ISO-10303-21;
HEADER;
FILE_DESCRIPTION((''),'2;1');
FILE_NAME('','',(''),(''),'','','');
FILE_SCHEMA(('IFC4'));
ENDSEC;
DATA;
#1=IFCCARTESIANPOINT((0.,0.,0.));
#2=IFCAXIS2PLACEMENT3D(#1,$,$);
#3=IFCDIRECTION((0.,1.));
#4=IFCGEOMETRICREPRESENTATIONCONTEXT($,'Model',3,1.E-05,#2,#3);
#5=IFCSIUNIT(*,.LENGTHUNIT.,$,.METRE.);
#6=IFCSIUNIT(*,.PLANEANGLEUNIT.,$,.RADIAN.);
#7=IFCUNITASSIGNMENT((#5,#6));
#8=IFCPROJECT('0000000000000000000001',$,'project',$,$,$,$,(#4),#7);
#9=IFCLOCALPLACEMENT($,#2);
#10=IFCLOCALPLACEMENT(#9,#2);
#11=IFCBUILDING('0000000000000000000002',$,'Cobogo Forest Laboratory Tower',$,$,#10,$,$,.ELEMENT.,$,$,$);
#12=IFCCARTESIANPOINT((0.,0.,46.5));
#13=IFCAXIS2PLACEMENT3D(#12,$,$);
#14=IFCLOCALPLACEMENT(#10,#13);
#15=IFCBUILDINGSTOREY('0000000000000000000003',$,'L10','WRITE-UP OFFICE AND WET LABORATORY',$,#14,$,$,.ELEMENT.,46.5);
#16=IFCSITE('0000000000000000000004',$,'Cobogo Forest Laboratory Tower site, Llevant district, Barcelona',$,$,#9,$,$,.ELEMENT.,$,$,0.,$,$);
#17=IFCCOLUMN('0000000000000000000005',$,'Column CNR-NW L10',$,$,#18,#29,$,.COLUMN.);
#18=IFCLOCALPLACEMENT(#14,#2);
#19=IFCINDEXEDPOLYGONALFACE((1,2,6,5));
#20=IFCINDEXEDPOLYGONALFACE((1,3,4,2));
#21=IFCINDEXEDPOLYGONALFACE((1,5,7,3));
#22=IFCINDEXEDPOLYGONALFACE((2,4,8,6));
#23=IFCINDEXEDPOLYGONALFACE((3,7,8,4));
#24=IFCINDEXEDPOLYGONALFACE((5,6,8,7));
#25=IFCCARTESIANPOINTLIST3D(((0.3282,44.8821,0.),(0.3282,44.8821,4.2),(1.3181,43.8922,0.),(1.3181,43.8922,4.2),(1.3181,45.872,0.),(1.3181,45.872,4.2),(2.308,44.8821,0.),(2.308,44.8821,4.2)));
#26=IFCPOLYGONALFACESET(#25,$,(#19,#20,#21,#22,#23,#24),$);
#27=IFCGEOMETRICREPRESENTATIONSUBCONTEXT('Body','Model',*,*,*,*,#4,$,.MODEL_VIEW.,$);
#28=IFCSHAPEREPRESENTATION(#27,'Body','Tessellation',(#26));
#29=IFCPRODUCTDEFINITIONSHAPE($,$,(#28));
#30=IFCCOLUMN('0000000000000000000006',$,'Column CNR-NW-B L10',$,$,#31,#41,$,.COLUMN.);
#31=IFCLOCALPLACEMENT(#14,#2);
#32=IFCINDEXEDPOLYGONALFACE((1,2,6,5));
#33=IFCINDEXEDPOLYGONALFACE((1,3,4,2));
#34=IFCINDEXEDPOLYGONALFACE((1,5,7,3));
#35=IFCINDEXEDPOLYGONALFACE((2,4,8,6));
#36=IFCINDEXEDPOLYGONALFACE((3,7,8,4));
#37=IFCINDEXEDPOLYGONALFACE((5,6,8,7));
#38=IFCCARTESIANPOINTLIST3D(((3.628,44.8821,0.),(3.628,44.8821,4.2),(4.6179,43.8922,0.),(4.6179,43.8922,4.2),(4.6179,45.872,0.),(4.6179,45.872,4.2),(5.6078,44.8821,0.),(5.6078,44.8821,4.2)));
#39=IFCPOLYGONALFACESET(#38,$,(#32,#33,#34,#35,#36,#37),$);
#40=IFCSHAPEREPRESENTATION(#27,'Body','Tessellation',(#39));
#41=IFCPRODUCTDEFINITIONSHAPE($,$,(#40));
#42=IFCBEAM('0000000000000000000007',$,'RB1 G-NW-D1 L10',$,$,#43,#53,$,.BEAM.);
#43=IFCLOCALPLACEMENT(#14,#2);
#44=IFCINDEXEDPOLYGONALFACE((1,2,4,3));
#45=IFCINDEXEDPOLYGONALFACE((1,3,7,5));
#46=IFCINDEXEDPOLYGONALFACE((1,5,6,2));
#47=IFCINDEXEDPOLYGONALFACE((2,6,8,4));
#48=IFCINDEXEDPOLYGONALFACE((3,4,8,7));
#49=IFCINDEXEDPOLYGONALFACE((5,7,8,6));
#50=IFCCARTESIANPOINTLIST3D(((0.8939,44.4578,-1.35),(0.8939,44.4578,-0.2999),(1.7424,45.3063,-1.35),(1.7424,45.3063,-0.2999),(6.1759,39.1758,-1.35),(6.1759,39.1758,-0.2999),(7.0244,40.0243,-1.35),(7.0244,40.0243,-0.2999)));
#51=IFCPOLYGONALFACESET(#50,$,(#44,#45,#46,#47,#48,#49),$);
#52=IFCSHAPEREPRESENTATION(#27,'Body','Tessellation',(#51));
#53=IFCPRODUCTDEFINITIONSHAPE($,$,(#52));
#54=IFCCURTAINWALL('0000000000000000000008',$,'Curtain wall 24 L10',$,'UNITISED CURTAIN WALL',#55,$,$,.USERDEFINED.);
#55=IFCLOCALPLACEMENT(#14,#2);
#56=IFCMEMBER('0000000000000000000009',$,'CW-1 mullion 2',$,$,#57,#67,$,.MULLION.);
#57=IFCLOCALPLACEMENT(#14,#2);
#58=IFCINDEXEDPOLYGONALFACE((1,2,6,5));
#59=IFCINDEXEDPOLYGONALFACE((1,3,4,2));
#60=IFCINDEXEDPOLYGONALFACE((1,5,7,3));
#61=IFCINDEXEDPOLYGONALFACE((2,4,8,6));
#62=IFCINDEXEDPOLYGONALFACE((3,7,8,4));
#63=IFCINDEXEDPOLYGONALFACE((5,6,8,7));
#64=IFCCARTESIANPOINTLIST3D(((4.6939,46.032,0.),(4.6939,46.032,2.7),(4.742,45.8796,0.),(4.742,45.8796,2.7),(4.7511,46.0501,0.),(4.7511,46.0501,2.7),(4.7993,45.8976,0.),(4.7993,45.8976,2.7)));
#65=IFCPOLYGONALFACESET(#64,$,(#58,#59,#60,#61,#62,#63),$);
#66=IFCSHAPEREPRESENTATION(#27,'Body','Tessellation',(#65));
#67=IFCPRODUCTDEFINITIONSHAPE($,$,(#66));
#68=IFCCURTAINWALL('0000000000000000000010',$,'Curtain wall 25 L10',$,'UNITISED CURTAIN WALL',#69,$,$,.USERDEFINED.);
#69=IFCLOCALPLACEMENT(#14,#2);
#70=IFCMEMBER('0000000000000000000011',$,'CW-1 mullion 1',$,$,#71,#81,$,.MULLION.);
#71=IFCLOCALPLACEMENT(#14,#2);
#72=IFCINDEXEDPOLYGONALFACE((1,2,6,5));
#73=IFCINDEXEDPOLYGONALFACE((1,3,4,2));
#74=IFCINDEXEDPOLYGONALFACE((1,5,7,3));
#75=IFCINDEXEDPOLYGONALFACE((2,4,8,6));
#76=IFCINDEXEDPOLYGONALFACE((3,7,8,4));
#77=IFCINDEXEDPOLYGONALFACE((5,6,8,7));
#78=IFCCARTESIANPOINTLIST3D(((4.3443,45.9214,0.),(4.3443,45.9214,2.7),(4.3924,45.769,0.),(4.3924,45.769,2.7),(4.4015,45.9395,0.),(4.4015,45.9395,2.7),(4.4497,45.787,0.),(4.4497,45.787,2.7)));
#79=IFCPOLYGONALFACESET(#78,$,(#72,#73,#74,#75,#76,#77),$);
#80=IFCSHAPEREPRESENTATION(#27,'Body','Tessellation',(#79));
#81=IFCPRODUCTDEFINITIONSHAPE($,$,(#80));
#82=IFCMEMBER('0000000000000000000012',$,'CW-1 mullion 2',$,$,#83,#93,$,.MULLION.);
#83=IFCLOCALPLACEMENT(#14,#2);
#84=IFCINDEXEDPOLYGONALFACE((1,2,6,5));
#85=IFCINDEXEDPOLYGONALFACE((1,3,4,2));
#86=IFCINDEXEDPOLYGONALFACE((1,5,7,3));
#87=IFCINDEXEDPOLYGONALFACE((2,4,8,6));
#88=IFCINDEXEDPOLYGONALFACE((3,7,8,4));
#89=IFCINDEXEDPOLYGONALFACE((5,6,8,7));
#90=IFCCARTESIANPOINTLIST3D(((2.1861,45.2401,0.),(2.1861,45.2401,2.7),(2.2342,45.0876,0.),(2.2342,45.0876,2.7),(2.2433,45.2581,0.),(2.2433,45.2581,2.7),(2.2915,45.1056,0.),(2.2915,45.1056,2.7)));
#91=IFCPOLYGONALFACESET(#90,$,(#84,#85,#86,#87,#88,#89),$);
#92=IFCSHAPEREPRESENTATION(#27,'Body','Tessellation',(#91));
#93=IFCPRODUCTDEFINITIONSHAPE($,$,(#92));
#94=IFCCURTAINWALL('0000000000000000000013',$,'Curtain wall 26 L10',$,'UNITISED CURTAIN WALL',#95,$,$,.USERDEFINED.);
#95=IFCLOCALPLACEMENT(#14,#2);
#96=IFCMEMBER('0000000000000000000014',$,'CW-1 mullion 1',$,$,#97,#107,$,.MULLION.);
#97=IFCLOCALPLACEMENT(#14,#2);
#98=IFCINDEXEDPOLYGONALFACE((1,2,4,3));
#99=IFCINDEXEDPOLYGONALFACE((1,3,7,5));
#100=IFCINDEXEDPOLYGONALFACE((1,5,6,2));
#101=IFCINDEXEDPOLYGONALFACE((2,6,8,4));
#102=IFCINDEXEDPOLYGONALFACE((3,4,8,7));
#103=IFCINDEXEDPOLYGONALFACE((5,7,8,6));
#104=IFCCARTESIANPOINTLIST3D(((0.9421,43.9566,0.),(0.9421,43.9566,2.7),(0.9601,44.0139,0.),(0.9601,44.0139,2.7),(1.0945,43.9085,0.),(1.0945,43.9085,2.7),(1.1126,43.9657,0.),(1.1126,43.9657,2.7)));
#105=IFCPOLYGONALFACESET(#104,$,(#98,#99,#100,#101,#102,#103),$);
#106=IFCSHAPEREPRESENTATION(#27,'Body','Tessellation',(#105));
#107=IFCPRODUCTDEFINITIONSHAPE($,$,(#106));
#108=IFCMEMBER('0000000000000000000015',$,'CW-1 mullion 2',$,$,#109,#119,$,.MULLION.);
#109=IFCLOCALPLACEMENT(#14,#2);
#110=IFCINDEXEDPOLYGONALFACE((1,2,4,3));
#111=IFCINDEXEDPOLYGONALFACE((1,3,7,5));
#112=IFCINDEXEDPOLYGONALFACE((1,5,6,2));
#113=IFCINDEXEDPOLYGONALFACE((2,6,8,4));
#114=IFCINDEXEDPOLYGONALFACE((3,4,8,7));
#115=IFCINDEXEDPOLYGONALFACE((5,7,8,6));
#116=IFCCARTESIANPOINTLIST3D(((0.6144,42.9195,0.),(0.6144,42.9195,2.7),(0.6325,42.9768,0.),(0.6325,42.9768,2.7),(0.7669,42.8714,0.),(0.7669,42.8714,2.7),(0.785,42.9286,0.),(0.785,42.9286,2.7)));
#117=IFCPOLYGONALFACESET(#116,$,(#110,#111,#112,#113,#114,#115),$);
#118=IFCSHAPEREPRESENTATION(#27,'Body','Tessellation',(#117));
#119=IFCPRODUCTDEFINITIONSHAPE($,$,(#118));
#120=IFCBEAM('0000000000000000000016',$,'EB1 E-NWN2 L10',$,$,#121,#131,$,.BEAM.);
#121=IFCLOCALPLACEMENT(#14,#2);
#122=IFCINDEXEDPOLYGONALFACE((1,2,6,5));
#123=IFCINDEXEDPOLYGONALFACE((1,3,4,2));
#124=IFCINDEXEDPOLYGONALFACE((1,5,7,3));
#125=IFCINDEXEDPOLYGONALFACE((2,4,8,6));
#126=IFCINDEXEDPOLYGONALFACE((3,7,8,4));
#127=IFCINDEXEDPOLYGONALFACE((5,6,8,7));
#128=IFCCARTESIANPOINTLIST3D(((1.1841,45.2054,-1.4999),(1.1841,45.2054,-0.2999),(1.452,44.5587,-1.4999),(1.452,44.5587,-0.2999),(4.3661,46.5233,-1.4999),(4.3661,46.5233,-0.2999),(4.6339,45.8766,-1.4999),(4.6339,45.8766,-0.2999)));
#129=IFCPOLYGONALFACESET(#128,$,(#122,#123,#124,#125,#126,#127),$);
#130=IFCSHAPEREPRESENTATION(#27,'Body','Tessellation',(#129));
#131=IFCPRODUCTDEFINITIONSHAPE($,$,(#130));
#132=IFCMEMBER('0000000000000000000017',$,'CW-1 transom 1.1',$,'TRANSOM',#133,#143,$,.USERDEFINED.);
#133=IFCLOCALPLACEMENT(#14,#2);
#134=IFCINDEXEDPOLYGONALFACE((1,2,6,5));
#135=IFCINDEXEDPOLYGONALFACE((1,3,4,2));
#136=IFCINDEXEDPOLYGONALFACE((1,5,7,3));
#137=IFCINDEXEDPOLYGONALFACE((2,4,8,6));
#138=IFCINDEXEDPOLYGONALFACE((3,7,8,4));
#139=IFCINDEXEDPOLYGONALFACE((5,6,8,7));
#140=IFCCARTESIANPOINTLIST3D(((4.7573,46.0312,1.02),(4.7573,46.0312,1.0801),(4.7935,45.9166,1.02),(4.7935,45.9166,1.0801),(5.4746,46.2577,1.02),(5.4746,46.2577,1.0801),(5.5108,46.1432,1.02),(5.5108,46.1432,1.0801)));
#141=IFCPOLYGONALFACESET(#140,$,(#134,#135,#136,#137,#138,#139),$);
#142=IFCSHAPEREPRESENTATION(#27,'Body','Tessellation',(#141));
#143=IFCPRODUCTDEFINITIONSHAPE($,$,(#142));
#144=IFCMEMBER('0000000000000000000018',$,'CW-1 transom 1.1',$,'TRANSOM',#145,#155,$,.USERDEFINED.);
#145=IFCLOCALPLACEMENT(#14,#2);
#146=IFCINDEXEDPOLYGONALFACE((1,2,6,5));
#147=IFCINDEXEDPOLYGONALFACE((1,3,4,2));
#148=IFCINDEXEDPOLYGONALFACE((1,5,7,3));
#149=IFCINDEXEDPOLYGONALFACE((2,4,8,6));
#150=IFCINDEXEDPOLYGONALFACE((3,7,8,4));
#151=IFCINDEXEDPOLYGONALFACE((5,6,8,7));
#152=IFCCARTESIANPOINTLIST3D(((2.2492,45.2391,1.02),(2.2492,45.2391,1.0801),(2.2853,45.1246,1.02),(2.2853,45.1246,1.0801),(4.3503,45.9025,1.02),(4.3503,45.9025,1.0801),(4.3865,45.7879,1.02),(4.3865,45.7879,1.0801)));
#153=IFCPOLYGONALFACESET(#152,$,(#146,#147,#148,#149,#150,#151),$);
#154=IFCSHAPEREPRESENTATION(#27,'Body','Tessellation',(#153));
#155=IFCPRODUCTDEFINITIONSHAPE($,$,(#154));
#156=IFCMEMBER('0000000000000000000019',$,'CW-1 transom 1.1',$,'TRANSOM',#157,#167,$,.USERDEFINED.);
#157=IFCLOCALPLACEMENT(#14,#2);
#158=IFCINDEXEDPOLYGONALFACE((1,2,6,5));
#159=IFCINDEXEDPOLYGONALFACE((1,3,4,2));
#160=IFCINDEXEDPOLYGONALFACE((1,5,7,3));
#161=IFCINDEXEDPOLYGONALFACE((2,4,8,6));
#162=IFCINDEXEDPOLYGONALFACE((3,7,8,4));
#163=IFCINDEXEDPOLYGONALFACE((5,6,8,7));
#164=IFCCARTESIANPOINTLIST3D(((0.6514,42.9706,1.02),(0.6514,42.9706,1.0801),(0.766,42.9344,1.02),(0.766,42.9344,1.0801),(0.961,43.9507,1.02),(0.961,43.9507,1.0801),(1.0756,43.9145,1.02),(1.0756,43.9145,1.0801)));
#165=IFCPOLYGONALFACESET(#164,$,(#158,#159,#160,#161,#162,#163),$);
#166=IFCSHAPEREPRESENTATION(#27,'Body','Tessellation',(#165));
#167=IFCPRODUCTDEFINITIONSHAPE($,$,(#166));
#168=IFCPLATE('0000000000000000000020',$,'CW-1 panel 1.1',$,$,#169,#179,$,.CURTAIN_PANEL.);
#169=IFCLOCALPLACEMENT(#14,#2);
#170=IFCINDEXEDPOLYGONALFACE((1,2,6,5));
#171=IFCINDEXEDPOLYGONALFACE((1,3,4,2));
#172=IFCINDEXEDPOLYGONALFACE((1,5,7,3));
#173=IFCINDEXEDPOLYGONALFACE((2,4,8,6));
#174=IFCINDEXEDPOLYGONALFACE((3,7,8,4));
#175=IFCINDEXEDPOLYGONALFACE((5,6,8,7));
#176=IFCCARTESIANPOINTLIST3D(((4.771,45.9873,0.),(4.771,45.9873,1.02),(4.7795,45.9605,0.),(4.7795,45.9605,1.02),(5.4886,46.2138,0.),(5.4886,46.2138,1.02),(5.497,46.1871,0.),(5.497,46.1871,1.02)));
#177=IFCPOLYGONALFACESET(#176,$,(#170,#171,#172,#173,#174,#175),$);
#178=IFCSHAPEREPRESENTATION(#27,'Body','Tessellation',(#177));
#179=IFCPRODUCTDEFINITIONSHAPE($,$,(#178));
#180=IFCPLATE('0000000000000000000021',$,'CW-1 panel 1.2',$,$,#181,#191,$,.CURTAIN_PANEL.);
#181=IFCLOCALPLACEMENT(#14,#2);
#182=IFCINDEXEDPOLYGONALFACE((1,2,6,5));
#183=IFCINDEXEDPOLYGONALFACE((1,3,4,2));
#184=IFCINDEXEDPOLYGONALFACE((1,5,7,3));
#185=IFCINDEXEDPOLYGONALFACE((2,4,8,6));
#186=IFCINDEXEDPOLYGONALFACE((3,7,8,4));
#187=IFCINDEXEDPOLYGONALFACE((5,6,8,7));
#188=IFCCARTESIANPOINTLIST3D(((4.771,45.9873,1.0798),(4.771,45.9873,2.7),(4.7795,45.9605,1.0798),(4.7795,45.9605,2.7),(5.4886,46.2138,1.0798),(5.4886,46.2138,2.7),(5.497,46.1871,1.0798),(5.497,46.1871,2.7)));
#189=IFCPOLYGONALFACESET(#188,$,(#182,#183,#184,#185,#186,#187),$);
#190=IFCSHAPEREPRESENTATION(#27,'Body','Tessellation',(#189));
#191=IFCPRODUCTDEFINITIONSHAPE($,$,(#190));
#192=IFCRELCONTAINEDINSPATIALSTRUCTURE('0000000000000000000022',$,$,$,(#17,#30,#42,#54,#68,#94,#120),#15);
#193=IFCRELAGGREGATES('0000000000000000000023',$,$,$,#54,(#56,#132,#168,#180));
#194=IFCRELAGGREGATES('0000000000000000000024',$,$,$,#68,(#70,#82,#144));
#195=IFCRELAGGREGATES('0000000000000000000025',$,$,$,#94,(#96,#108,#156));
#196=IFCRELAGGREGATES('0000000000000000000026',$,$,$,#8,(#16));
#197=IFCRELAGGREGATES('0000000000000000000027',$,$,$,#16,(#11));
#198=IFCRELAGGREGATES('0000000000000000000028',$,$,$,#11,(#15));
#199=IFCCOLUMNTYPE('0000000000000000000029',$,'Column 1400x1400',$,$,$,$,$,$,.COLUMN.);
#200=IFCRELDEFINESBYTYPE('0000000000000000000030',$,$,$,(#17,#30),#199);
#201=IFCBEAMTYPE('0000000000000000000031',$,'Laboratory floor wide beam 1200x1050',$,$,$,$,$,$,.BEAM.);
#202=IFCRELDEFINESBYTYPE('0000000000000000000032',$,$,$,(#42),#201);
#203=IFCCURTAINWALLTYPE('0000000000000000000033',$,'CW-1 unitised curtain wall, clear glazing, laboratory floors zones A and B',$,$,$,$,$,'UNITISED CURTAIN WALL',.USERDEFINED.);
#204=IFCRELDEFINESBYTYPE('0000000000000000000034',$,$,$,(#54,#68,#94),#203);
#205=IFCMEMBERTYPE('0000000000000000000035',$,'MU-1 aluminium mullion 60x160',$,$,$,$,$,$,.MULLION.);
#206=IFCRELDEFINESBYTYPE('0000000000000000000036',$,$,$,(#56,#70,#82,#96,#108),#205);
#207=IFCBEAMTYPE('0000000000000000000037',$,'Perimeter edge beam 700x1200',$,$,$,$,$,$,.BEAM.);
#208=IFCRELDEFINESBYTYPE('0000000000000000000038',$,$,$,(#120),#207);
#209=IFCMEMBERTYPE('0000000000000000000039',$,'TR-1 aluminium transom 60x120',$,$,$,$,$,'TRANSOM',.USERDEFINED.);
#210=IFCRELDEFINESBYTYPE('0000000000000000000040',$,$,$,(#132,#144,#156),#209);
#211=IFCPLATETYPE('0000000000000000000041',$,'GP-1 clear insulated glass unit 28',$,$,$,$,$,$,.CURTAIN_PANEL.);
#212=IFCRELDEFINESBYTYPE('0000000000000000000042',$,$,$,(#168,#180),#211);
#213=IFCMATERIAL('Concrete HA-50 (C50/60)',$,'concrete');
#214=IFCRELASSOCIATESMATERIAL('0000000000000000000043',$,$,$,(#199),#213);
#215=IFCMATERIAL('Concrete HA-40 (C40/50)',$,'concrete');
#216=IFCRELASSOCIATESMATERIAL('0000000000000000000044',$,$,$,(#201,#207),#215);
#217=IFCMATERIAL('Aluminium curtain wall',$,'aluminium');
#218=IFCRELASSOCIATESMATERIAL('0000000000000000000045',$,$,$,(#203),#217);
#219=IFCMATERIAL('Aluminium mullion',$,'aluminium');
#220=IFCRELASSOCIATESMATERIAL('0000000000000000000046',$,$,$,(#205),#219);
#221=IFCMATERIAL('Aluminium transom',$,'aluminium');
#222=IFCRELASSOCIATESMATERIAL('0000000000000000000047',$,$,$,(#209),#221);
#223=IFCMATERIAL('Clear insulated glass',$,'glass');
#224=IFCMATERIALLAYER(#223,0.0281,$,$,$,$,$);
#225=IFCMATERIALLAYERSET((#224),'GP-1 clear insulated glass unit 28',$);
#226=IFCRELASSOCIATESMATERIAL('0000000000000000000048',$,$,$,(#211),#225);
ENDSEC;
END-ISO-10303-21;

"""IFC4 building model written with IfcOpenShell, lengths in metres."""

from ifc_helpers import new_model, si_unit, direction, frame, origin, origin_2d, place, context, subcontext, project, spatial, rectangle, extrude, material, layer, layer_set, material_profile, profile_set, type_object, element, aggregate, save


model = new_model("IFC4")

# Units and contexts
model_context = context("Model", 3, precision=1e-05, world=origin(), true_north=direction((0.0, 1.0)))
body_context = subcontext(model_context, "Body", "Model", "MODEL_VIEW")
ifc_project = project(units=[si_unit("LENGTHUNIT", "METRE"), si_unit("PLANEANGLEUNIT", "RADIAN")], contexts=[model_context])

# Site, building, storey
site_placement = place(None, origin())
site = spatial("IfcSite", under=ifc_project, at=site_placement, Name="Cobogo Forest Laboratory Tower site, Llevant district, Barcelona", CompositionType="ELEMENT", RefElevation=0.0)
building_placement = place(site_placement, origin())
building = spatial("IfcBuilding", under=site, at=building_placement, Name="Cobogo Forest Laboratory Tower", CompositionType="ELEMENT")
storey_placement = place(building_placement, frame((0.0, 0.0, 46.5)))
storey = spatial("IfcBuildingStorey", under=building, at=storey_placement, Name="L10", Description="WRITE-UP OFFICE AND WET LABORATORY", CompositionType="ELEMENT", Elevation=46.5)

# Columns
ifc_material_1 = material(Name="Concrete HA-50 (C50/60)", Category="concrete")
ifc_material_profile_1 = material_profile(ifc_material_1, rectangle(XDim=1.3999, YDim=1.3999, at=origin_2d()), Name="RC 1400x1400")
ifc_profile_set_1 = profile_set([ifc_material_profile_1], Name="Concrete HA-50 (C50/60)")
column_type = type_object("IfcColumnType", Name="Column 1400x1400", PredefinedType="COLUMN", material=ifc_profile_set_1)
for number, where, z_axis, x_axis, name in (
    (1, (1.3181, 44.8821, 0.0), (0.0, 0.0, 1.0), (0.707107, 0.707107, 0.0), "Column CNR-NW L10"),
    (2, (4.6179, 44.8821, 0.0), (0.0, 0.0, 1.0), (0.707107, 0.707107, 0.0), "Column CNR-NW-B L10"),
):
    element("IfcColumn", number, at=place(storey_placement, frame(where, z_axis=z_axis, x_axis=x_axis)), inside=storey, type_object=column_type, Name=name, PredefinedType="COLUMN", context=body_context, shape_type="SweptSolid", body=[
        extrude(rectangle(XDim=1.3999, YDim=1.3999, at=origin_2d()), origin(), (0.0, 0.0, 1.0), 4.2),
    ])

# Beam
ifc_material_2 = material(Name="Concrete HA-40 (C40/50)", Category="concrete")
ifc_material_profile_2 = material_profile(ifc_material_2, rectangle(XDim=1.2, YDim=1.05, at=origin_2d()), Name="RC 1200x1050")
ifc_profile_set_2 = profile_set([ifc_material_profile_2], Name="Concrete HA-40 (C40/50)")
beam_type_1 = type_object("IfcBeamType", Name="Laboratory floor wide beam 1200x1050", PredefinedType="BEAM", material=ifc_profile_set_2)
beam_1_placement = place(storey_placement, frame((1.3181, 44.8821, -0.825), z_axis=(0.707107, -0.707107, 0.0), x_axis=(0.707107, 0.707107, 0.0)))
element("IfcBeam", 3, at=beam_1_placement, inside=storey, type_object=beam_type_1, Name="RB1 G-NW-D1 L10", PredefinedType="BEAM", context=body_context, shape_type="SweptSolid", body=[
    extrude(rectangle(XDim=1.2, YDim=1.05, at=origin_2d()), origin(), (0.0, 0.0, 1.0), 7.47),
])

# Curtain wall, member
ifc_material_3 = material(Name="Aluminium curtain wall", Category="aluminium")
curtain_wall_type = type_object("IfcCurtainWallType", Name="CW-1 unitised curtain wall, clear glazing, laboratory floors zones A and B", ElementType="UNITISED CURTAIN WALL", PredefinedType="USERDEFINED", material=ifc_material_3)
curtain_wall_1_placement = place(storey_placement, origin())
curtain_wall_1 = element("IfcCurtainWall", 4, at=curtain_wall_1_placement, inside=storey, type_object=curtain_wall_type, Name="Curtain wall 24 L10", ObjectType="UNITISED CURTAIN WALL", PredefinedType="USERDEFINED")
ifc_material_4 = material(Name="Aluminium mullion", Category="aluminium")
ifc_material_profile_3 = material_profile(ifc_material_4, rectangle(XDim=0.0601, YDim=0.1599, at=origin_2d()), Name="AL 60x160")
ifc_profile_set_3 = profile_set([ifc_material_profile_3], Name="Aluminium mullion")
member_type_1 = type_object("IfcMemberType", Name="MU-1 aluminium mullion 60x160", PredefinedType="MULLION", material=ifc_profile_set_3)
member_1_placement = place(storey_placement, frame((4.7466, 45.9648, 0.0), z_axis=(0.0, 0.0, 1.0), x_axis=(-0.953582, -0.301135, 0.0)))
member_1 = element("IfcMember", 5, at=member_1_placement, type_object=member_type_1, Name="CW-1 mullion 2", PredefinedType="MULLION", context=body_context, shape_type="SweptSolid", body=[
    extrude(rectangle(XDim=0.0601, YDim=0.1599, at=origin_2d()), origin(), (0.0, 0.0, 1.0), 2.7),
])

# Curtain walls, members
curtain_wall_2_placement = place(storey_placement, origin())
curtain_wall_2 = element("IfcCurtainWall", 6, at=curtain_wall_2_placement, inside=storey, type_object=curtain_wall_type, Name="Curtain wall 25 L10", ObjectType="UNITISED CURTAIN WALL", PredefinedType="USERDEFINED")
member_2_placement = place(storey_placement, frame((4.397, 45.8542, 0.0), z_axis=(0.0, 0.0, 1.0), x_axis=(-0.953581, -0.301135, 0.0)))
member_2 = element("IfcMember", 7, at=member_2_placement, type_object=member_type_1, Name="CW-1 mullion 1", PredefinedType="MULLION", context=body_context, shape_type="SweptSolid", body=[
    extrude(rectangle(XDim=0.0601, YDim=0.1599, at=origin_2d()), origin(), (0.0, 0.0, 1.0), 2.7),
])
member_3_placement = place(storey_placement, frame((2.2388, 45.1729, 0.0), z_axis=(0.0, 0.0, 1.0), x_axis=(-0.953581, -0.301135, 0.0)))
member_3 = element("IfcMember", 8, at=member_3_placement, type_object=member_type_1, Name="CW-1 mullion 2", PredefinedType="MULLION", context=body_context, shape_type="SweptSolid", body=[
    extrude(rectangle(XDim=0.0601, YDim=0.1599, at=origin_2d()), origin(), (0.0, 0.0, 1.0), 2.7),
])
curtain_wall_3_placement = place(storey_placement, origin())
curtain_wall_3 = element("IfcCurtainWall", 9, at=curtain_wall_3_placement, inside=storey, type_object=curtain_wall_type, Name="Curtain wall 26 L10", ObjectType="UNITISED CURTAIN WALL", PredefinedType="USERDEFINED")
member_4_placement = place(storey_placement, frame((1.0273, 43.9612, 0.0), z_axis=(0.0, 0.0, 1.0), x_axis=(-0.301135, -0.953581, 0.0)))
member_4 = element("IfcMember", 10, at=member_4_placement, type_object=member_type_1, Name="CW-1 mullion 1", PredefinedType="MULLION", context=body_context, shape_type="SweptSolid", body=[
    extrude(rectangle(XDim=0.0601, YDim=0.1599, at=origin_2d()), origin(), (0.0, 0.0, 1.0), 2.7),
])
member_5_placement = place(storey_placement, frame((0.6997, 42.9241, 0.0), z_axis=(0.0, 0.0, 1.0), x_axis=(-0.301135, -0.953581, 0.0)))
member_5 = element("IfcMember", 11, at=member_5_placement, type_object=member_type_1, Name="CW-1 mullion 2", PredefinedType="MULLION", context=body_context, shape_type="SweptSolid", body=[
    extrude(rectangle(XDim=0.0601, YDim=0.1599, at=origin_2d()), origin(), (0.0, 0.0, 1.0), 2.7),
])

# Beam
ifc_material_profile_4 = material_profile(ifc_material_2, rectangle(XDim=0.7, YDim=1.2, at=origin_2d()), Name="RC 700x1200")
ifc_profile_set_4 = profile_set([ifc_material_profile_4], Name="Concrete HA-40 (C40/50)")
beam_type_2 = type_object("IfcBeamType", Name="Perimeter edge beam 700x1200", PredefinedType="BEAM", material=ifc_profile_set_4)
beam_2_placement = place(storey_placement, frame((4.5, 46.2, -0.8999), z_axis=(-0.923891, -0.382656, 0.0), x_axis=(0.382656, -0.923891, 0.0)))
element("IfcBeam", 12, at=beam_2_placement, inside=storey, type_object=beam_type_2, Name="EB1 E-NWN2 L10", PredefinedType="BEAM", context=body_context, shape_type="SweptSolid", body=[
    extrude(rectangle(XDim=0.7, YDim=1.2, at=origin_2d()), origin(), (0.0, 0.0, 1.0), 3.4441),
])

# Members
ifc_material_5 = material(Name="Aluminium transom", Category="aluminium")
ifc_material_profile_5 = material_profile(ifc_material_5, rectangle(XDim=0.1201, YDim=0.0601, at=origin_2d()), Name="AL 60x120")
ifc_profile_set_5 = profile_set([ifc_material_profile_5], Name="Aluminium transom")
member_type_2 = type_object("IfcMemberType", Name="TR-1 aluminium transom 60x120", ElementType="TRANSOM", PredefinedType="USERDEFINED", material=ifc_profile_set_5)
member_6_placement = place(storey_placement, frame((5.4927, 46.2004, 1.05), z_axis=(-0.953563, -0.301194, 0.0), x_axis=(0.301194, -0.953563, 0.0)))
member_6 = element("IfcMember", 13, at=member_6_placement, type_object=member_type_2, Name="CW-1 transom 1.1", ObjectType="TRANSOM", PredefinedType="USERDEFINED", context=body_context, shape_type="SweptSolid", body=[
    extrude(rectangle(XDim=0.1201, YDim=0.0601, at=origin_2d()), origin(), (0.0, 0.0, 1.0), 0.7522),
])
member_7_placement = place(storey_placement, frame((4.3684, 45.8452, 1.05), z_axis=(-0.953604, -0.301062, 0.0), x_axis=(0.301062, -0.953604, 0.0)))
member_7 = element("IfcMember", 14, at=member_7_placement, type_object=member_type_2, Name="CW-1 transom 1.1", ObjectType="TRANSOM", PredefinedType="USERDEFINED", context=body_context, shape_type="SweptSolid", body=[
    extrude(rectangle(XDim=0.1201, YDim=0.0601, at=origin_2d()), origin(), (0.0, 0.0, 1.0), 2.2034),
])
member_8_placement = place(storey_placement, frame((1.0183, 43.9326, 1.05), z_axis=(-0.301222, -0.953554, 0.0), x_axis=(0.953554, -0.301222, 0.0)))
member_8 = element("IfcMember", 15, at=member_8_placement, type_object=member_type_2, Name="CW-1 transom 1.1", ObjectType="TRANSOM", PredefinedType="USERDEFINED", context=body_context, shape_type="SweptSolid", body=[
    extrude(rectangle(XDim=0.1201, YDim=0.0601, at=origin_2d()), origin(), (0.0, 0.0, 1.0), 1.0278),
])

# Plates
ifc_material_6 = material(Name="Clear insulated glass", Category="glass")
ifc_layer = layer(ifc_material_6, 0.0281)
ifc_layer_set = layer_set([ifc_layer], Name="GP-1 clear insulated glass unit 28")
plate_type = type_object("IfcPlateType", Name="GP-1 clear insulated glass unit 28", PredefinedType="CURTAIN_PANEL", material=ifc_layer_set)
plate_1_placement = place(storey_placement, frame((5.134, 46.0872, 0.0), z_axis=(0.0, 0.0, 1.0), x_axis=(-0.953582, -0.301135, 0.0)))
plate_1 = element("IfcPlate", 16, at=plate_1_placement, type_object=plate_type, Name="CW-1 panel 1.1", PredefinedType="CURTAIN_PANEL", context=body_context, shape_type="SweptSolid", body=[
    extrude(rectangle(XDim=0.7524, YDim=0.0281, at=origin_2d()), origin(), (0.0, 0.0, 1.0), 1.02),
])
plate_2_placement = place(storey_placement, frame((5.134, 46.0872, 1.0798), z_axis=(0.0, 0.0, 1.0), x_axis=(-0.953582, -0.301135, 0.0)))
plate_2 = element("IfcPlate", 17, at=plate_2_placement, type_object=plate_type, Name="CW-1 panel 1.2", PredefinedType="CURTAIN_PANEL", context=body_context, shape_type="SweptSolid", body=[
    extrude(rectangle(XDim=0.7524, YDim=0.0281, at=origin_2d()), origin(), (0.0, 0.0, 1.0), 1.6201),
])
aggregate(curtain_wall_1, [member_1, member_6, plate_1, plate_2])
aggregate(curtain_wall_2, [member_2, member_3, member_7])
aggregate(curtain_wall_3, [member_4, member_5, member_8])

save(model, "model.ifc")
